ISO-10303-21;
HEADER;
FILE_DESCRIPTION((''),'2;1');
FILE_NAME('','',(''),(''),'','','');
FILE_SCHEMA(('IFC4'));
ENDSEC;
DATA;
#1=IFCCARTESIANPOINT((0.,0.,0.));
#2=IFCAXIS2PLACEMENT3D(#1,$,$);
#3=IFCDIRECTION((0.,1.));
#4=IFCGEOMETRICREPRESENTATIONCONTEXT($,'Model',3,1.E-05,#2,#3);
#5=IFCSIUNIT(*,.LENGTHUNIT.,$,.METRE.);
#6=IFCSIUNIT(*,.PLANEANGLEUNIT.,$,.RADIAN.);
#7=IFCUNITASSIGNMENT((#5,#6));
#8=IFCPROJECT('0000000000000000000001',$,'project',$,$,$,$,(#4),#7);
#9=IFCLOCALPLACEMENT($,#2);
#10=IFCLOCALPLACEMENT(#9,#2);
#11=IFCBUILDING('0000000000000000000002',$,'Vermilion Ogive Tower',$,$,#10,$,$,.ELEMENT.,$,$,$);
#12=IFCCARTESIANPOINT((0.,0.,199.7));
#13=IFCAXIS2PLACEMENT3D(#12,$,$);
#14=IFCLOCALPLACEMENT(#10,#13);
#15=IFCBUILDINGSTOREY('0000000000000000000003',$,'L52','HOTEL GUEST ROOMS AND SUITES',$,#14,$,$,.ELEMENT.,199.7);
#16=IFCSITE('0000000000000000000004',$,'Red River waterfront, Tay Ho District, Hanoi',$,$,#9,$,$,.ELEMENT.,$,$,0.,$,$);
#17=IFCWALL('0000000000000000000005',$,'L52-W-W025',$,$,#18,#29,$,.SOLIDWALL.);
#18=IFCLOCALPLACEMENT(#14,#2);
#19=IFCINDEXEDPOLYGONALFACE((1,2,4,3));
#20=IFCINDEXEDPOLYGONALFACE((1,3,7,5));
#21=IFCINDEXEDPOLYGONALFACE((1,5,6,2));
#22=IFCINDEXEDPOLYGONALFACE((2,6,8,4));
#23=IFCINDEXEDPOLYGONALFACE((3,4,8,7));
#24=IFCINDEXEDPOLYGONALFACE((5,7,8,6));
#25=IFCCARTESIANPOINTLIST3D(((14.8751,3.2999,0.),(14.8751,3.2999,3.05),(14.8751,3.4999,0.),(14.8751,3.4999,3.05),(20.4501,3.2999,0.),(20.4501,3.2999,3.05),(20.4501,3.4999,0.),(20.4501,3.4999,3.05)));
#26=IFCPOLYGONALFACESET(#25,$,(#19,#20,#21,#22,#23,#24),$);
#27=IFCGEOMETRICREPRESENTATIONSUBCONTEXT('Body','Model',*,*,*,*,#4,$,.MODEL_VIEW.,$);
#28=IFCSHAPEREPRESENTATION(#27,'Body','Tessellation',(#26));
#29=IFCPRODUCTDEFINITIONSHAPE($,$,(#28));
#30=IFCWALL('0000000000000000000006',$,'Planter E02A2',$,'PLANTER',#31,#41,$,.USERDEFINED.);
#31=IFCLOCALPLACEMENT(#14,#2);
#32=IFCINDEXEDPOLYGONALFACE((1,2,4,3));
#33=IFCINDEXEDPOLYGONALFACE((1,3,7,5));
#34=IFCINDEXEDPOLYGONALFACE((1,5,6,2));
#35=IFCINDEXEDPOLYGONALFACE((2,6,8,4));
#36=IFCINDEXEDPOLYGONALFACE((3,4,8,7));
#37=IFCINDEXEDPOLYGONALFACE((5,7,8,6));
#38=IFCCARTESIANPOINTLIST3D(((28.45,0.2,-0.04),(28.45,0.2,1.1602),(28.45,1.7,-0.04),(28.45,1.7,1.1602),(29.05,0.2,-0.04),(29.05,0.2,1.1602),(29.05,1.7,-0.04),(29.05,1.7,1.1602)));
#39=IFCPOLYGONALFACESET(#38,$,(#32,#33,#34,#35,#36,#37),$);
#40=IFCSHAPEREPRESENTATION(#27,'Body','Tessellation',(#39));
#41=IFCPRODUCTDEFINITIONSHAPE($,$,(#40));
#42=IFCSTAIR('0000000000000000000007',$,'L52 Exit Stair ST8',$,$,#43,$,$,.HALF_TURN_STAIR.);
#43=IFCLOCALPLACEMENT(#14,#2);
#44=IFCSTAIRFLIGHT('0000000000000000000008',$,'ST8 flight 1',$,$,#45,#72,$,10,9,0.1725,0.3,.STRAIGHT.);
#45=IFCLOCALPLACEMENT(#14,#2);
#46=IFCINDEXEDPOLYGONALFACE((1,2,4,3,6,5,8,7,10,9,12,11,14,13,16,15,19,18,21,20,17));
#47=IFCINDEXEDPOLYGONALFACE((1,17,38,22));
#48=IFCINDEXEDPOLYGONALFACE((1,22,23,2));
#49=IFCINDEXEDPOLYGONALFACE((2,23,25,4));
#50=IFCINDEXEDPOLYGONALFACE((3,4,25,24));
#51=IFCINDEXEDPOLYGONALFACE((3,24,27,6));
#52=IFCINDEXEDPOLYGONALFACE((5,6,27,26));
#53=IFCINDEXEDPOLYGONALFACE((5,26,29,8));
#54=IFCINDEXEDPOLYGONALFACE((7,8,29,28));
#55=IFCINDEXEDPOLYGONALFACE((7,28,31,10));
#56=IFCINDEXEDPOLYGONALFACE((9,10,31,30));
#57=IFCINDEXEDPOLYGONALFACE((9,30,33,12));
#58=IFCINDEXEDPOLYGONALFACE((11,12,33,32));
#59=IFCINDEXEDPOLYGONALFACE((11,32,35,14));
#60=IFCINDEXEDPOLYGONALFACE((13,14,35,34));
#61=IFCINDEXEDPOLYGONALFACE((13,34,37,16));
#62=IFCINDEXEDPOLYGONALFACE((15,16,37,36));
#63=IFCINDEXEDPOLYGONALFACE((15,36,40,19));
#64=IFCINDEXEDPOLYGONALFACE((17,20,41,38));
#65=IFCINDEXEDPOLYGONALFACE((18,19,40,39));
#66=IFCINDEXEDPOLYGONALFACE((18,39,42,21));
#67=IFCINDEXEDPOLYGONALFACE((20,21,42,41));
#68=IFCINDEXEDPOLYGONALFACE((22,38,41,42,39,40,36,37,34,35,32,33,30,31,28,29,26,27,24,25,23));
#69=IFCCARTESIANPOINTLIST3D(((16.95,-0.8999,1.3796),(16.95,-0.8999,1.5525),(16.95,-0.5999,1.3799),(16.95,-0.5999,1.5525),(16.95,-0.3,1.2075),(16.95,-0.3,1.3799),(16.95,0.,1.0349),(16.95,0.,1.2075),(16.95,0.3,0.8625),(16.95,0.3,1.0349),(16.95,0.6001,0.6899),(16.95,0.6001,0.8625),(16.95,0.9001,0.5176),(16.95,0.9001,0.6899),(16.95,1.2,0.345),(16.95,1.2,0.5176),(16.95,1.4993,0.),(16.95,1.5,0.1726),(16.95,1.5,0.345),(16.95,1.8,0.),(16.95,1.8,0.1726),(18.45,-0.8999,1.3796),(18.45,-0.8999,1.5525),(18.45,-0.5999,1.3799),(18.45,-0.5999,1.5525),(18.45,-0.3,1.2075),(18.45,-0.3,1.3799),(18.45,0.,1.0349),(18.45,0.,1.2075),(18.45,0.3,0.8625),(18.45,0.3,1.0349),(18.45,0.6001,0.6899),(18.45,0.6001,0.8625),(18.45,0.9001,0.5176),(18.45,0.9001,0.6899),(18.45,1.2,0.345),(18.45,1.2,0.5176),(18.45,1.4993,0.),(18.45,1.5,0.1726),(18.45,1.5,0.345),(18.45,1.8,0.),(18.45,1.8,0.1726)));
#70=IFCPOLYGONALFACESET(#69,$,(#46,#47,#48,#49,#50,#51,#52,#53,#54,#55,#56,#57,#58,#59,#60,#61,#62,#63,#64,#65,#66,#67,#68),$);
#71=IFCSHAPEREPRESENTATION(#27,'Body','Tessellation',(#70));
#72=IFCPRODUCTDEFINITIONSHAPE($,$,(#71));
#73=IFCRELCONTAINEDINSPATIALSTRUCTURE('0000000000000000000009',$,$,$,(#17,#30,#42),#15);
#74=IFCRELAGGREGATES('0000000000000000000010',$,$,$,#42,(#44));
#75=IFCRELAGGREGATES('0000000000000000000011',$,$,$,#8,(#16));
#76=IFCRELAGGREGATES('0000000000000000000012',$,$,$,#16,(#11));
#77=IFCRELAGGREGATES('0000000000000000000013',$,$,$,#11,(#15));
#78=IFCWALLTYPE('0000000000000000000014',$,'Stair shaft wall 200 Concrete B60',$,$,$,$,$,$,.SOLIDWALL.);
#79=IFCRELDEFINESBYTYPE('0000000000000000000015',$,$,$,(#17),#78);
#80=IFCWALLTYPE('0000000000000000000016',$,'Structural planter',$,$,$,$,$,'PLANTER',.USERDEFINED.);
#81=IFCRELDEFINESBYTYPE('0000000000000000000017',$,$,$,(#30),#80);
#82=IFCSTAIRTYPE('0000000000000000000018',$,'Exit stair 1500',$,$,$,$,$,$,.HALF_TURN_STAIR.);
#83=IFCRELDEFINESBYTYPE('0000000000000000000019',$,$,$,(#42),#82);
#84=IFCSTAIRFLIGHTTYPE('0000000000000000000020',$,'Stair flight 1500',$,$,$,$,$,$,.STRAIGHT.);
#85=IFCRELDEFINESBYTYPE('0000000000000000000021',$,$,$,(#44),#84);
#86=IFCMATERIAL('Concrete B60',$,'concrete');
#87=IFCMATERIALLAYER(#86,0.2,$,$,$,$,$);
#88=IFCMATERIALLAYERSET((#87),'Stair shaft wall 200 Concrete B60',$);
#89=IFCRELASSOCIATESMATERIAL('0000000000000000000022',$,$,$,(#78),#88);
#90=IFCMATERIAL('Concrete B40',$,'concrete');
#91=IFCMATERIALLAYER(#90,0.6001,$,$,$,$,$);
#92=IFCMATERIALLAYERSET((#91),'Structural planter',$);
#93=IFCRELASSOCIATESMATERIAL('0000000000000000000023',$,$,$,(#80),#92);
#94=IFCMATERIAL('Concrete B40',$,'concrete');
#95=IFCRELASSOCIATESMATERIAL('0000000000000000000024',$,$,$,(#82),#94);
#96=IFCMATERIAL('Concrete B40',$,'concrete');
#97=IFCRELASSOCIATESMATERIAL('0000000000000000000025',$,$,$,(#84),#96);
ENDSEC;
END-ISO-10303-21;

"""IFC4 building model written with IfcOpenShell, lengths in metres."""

from ifc_helpers import new_model, si_unit, direction, frame, frame_2d, origin, place, context, subcontext, project, spatial, polyline, rectangle, outline, extrude, material, layer, layer_set, type_object, element, aggregate, save


model = new_model("IFC4")

# Units and contexts
model_context = context("Model", 3, precision=1e-05, world=origin(), true_north=direction((0.0, 1.0)))
body_context = subcontext(model_context, "Body", "Model", "MODEL_VIEW")
ifc_project = project(units=[si_unit("LENGTHUNIT", "METRE"), si_unit("PLANEANGLEUNIT", "RADIAN")], contexts=[model_context])

# Site, building, storey
site_placement = place(None, origin())
site = spatial("IfcSite", under=ifc_project, at=site_placement, Name="Red River waterfront, Tay Ho District, Hanoi", CompositionType="ELEMENT", RefElevation=0.0)
building_placement = place(site_placement, origin())
building = spatial("IfcBuilding", under=site, at=building_placement, Name="Vermilion Ogive Tower", CompositionType="ELEMENT")
storey_placement = place(building_placement, frame((0.0, 0.0, 199.7)))
storey = spatial("IfcBuildingStorey", under=building, at=storey_placement, Name="L52", Description="HOTEL GUEST ROOMS AND SUITES", CompositionType="ELEMENT", Elevation=199.7)

# Walls
ifc_material_1 = material(Name="Concrete B60", Category="concrete")
ifc_layer_1 = layer(ifc_material_1, 0.2)
ifc_layer_set_1 = layer_set([ifc_layer_1], Name="Stair shaft wall 200 Concrete B60")
wall_type_1 = type_object("IfcWallType", Name="Stair shaft wall 200 Concrete B60", PredefinedType="SOLIDWALL", material=ifc_layer_set_1)
wall_1_placement = place(storey_placement, frame((14.875, 3.3999, 0.0), z_axis=(0.0, 0.0, 1.0), x_axis=(1.0, 0.0, 0.0)))
element("IfcWall", 1, at=wall_1_placement, inside=storey, type_object=wall_type_1, Name="L52-W-W025", PredefinedType="SOLIDWALL", context=body_context, shape_type="SweptSolid", body=[
    extrude(rectangle(XDim=5.575, YDim=0.2, at=frame_2d((2.7876, 0.0))), origin(), (0.0, 0.0, 1.0), 3.05),
])
ifc_material_2 = material(Name="Concrete B40", Category="concrete")
ifc_layer_2 = layer(ifc_material_2, 0.6001)
ifc_layer_set_2 = layer_set([ifc_layer_2], Name="Structural planter")
wall_type_2 = type_object("IfcWallType", Name="Structural planter", ElementType="PLANTER", PredefinedType="USERDEFINED", material=ifc_layer_set_2)
wall_2_placement = place(storey_placement, frame((28.75, 0.2, -0.04), z_axis=(0.0, 0.0, 1.0), x_axis=(0.0, 1.0, 0.0)))
element("IfcWall", 2, at=wall_2_placement, inside=storey, type_object=wall_type_2, Name="Planter E02A2", ObjectType="PLANTER", PredefinedType="USERDEFINED", context=body_context, shape_type="SweptSolid", body=[
    extrude(rectangle(XDim=1.5, YDim=0.6001, at=frame_2d((0.75, 0.0))), origin(), (0.0, 0.0, 1.0), 1.2002),
])

# Stair, stair flight
ifc_material_3 = material(Name="Concrete B40", Category="concrete")
stair_type = type_object("IfcStairType", Name="Exit stair 1500", PredefinedType="HALF_TURN_STAIR", material=ifc_material_3)
stair_placement = place(storey_placement, origin())
stair = element("IfcStair", 3, at=stair_placement, inside=storey, type_object=stair_type, Name="L52 Exit Stair ST8", PredefinedType="HALF_TURN_STAIR")
ifc_material_4 = material(Name="Concrete B40", Category="concrete")
stair_flight_type = type_object("IfcStairFlightType", Name="Stair flight 1500", PredefinedType="STRAIGHT", material=ifc_material_4)
stair_flight_placement = place(storey_placement, frame((17.7, 1.8, 0.0), z_axis=(0.0, 0.0, 1.0), x_axis=(0.0, -1.0, 0.0)))
stair_flight = element("IfcStairFlight", 4, at=stair_flight_placement, type_object=stair_flight_type, Name="ST8 flight 1", NumberOfRisers=10, NumberOfTreads=9, PredefinedType="STRAIGHT", RiserHeight=0.1725, TreadLength=0.3, context=body_context, shape_type="SweptSolid", body=[
    extrude(outline(polyline([(0.0, 0.0), (0.0, 0.1726), (0.3, 0.1726), (0.3, 0.345), (0.6001, 0.345), (0.6001, 0.5176), (0.8999, 0.5176), (0.8999, 0.6899), (1.2, 0.6899), (1.2, 0.8625), (1.5, 0.8625), (1.5, 1.0349), (1.8, 1.0349), (1.8, 1.2075), (2.1001, 1.2075), (2.1001, 1.3799), (2.3999, 1.3799), (2.3999, 1.5525), (2.7, 1.5525), (2.7, 1.7251), (2.7, 1.3796), (0.3008, 0.0), (0.0, 0.0)])), frame((0.0, 0.75, 0.0), z_axis=(0.0, -1.0, 0.0), x_axis=(1.0, 0.0, 0.0)), (0.0, 0.0, 1.0), 1.5),
])
aggregate(stair, [stair_flight])

save(model, "model.ifc")
